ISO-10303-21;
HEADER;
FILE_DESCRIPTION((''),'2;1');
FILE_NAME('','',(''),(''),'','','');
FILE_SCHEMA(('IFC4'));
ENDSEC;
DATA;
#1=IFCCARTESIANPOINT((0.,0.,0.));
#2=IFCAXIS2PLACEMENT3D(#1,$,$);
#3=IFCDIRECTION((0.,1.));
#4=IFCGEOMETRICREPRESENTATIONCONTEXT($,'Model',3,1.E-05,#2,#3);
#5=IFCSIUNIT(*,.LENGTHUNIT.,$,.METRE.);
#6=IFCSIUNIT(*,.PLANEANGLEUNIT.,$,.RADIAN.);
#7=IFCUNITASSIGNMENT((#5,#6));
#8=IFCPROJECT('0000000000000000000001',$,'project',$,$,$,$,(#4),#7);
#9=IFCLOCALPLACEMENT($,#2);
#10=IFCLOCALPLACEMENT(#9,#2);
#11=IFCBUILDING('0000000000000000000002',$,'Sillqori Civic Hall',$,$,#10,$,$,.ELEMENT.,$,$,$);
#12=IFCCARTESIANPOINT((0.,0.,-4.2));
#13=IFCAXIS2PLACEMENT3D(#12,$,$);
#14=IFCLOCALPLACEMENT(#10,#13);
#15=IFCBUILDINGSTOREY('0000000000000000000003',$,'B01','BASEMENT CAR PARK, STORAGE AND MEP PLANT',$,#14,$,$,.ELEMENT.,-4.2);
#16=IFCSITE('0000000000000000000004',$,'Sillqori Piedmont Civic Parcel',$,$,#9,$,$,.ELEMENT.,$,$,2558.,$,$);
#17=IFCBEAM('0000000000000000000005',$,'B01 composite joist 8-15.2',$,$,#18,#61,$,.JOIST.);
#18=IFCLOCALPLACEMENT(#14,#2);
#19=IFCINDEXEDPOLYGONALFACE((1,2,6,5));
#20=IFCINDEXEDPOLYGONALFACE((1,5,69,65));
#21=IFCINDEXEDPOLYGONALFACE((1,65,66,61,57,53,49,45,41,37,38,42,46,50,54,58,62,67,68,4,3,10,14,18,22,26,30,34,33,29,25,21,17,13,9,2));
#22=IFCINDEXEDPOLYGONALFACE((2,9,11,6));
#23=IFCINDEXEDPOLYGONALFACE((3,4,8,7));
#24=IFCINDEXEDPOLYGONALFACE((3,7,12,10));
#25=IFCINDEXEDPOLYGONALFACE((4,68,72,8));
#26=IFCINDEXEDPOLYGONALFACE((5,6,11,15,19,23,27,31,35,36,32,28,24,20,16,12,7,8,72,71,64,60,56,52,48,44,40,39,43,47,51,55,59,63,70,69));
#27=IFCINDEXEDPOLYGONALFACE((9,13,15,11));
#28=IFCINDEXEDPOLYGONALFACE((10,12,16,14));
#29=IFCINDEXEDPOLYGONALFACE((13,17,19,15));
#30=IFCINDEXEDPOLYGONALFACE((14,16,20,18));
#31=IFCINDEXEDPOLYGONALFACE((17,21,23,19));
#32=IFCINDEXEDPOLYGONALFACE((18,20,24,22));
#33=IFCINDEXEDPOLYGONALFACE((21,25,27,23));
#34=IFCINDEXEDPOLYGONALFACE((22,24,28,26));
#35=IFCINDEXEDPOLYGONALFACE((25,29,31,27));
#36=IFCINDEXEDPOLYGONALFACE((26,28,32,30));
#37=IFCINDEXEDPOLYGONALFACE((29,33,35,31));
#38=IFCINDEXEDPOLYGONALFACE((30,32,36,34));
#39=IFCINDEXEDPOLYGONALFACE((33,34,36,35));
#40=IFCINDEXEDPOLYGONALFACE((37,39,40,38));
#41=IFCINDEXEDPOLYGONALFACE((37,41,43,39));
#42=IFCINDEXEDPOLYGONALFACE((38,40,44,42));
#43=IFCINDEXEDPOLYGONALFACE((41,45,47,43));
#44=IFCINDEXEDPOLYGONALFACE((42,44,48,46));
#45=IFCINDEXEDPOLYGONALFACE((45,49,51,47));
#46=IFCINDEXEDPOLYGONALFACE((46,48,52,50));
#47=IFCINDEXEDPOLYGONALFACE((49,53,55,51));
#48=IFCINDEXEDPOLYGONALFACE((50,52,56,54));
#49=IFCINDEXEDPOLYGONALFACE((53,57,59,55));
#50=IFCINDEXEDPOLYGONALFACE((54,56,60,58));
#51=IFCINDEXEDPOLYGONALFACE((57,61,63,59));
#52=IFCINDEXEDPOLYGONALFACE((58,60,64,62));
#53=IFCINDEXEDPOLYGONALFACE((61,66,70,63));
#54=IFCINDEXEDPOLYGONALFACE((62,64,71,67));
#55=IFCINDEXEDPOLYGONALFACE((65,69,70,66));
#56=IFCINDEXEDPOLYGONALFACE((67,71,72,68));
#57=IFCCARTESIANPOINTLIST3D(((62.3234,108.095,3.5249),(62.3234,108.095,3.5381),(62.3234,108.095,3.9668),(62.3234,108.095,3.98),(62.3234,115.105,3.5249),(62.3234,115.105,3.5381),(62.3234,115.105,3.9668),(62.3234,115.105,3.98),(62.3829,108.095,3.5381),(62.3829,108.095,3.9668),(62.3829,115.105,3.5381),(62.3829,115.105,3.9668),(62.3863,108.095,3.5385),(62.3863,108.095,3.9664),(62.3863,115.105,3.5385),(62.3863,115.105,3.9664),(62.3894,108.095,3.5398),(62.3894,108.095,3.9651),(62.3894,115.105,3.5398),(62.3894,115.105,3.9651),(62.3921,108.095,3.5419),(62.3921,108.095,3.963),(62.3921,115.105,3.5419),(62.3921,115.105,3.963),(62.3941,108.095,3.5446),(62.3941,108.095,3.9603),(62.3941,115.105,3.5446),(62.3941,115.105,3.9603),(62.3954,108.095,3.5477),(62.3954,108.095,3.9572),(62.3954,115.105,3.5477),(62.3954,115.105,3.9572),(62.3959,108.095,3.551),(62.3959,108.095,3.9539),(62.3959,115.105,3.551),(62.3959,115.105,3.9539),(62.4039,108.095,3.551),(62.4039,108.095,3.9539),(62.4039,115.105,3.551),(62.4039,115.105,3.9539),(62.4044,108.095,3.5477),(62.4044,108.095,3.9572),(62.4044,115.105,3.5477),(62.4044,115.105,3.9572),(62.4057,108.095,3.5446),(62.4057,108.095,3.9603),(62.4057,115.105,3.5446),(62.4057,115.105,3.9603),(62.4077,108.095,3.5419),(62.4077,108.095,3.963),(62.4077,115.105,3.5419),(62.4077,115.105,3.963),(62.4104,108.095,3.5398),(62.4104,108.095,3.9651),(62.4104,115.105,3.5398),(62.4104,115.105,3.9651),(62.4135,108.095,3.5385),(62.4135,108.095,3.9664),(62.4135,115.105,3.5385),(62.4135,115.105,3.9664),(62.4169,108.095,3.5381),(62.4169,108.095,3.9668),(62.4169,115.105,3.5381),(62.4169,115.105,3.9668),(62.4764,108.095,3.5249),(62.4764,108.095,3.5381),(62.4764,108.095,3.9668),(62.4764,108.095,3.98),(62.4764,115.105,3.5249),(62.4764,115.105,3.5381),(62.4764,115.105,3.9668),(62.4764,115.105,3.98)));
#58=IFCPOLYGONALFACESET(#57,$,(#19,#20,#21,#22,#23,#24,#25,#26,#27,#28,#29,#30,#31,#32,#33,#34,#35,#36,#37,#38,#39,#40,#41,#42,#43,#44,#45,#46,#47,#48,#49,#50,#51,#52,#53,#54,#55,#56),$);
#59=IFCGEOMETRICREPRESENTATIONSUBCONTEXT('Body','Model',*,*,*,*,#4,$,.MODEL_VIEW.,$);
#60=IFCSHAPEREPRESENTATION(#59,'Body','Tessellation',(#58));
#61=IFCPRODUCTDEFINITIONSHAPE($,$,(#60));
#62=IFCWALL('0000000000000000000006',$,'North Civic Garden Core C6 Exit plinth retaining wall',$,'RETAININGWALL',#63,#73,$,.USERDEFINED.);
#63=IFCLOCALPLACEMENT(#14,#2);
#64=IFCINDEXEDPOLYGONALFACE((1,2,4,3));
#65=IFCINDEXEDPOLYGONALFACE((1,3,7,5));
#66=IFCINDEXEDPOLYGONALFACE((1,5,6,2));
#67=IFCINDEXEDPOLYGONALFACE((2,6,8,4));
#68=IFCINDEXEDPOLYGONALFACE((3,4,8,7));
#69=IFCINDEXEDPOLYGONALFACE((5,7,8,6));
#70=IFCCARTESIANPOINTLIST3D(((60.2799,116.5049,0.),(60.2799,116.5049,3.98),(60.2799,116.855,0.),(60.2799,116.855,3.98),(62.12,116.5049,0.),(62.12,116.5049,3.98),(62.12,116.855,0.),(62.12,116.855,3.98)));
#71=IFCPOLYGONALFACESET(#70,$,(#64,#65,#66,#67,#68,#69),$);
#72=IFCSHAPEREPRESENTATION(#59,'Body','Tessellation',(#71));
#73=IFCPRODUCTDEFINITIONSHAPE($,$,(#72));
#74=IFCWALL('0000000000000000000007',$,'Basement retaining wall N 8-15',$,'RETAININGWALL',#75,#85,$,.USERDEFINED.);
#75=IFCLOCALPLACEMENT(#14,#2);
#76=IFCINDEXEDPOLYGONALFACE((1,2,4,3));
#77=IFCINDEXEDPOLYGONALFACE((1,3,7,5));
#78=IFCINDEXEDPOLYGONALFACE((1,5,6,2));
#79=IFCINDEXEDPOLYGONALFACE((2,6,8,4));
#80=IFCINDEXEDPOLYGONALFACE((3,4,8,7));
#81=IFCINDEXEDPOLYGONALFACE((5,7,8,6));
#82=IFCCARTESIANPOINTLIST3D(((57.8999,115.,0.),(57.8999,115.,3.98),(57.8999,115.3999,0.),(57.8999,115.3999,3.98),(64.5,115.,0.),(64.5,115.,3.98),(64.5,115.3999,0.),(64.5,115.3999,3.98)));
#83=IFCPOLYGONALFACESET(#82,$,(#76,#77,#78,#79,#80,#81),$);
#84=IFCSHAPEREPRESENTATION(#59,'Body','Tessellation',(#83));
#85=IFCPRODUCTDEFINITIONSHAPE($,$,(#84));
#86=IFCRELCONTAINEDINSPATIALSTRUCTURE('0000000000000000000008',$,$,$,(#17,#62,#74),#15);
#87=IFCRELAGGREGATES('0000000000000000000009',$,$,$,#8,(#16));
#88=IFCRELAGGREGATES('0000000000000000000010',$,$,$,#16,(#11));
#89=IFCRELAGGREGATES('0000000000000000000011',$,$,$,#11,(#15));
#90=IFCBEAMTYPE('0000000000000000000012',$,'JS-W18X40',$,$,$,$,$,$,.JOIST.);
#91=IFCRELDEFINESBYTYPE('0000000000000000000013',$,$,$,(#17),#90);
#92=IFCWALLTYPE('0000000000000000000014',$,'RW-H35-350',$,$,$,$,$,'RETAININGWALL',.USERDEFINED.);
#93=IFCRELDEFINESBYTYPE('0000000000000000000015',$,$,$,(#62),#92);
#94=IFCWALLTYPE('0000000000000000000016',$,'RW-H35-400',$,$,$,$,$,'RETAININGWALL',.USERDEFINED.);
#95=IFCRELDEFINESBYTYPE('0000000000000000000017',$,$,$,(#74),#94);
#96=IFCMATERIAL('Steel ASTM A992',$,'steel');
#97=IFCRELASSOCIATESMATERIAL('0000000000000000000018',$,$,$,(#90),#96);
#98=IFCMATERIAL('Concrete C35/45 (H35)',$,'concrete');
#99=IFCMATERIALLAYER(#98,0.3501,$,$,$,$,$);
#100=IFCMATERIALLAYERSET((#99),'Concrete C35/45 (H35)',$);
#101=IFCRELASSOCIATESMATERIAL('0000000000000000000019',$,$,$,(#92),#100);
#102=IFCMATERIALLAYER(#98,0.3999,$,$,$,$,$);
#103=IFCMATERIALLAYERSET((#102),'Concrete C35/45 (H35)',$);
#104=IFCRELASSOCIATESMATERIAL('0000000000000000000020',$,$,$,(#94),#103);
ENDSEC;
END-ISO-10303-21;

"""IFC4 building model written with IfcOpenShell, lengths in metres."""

from ifc_helpers import new_model, si_unit, direction, frame, frame_2d, origin, origin_2d, place, context, subcontext, project, spatial, rectangle, i_section, extrude, material, layer, layer_set, material_profile, profile_set, type_object, element, save


model = new_model("IFC4")

# Units and contexts
model_context = context("Model", 3, precision=1e-05, world=origin(), true_north=direction((0.0, 1.0)))
body_context = subcontext(model_context, "Body", "Model", "MODEL_VIEW")
ifc_project = project(units=[si_unit("LENGTHUNIT", "METRE"), si_unit("PLANEANGLEUNIT", "RADIAN")], contexts=[model_context])

# Site, building, storey
site_placement = place(None, origin())
site = spatial("IfcSite", under=ifc_project, at=site_placement, Name="Sillqori Piedmont Civic Parcel", CompositionType="ELEMENT", RefElevation=2558.0)
building_placement = place(site_placement, origin())
building = spatial("IfcBuilding", under=site, at=building_placement, Name="Sillqori Civic Hall", CompositionType="ELEMENT")
storey_placement = place(building_placement, frame((0.0, 0.0, -4.2)))
storey = spatial("IfcBuildingStorey", under=building, at=storey_placement, Name="B01", Description="BASEMENT CAR PARK, STORAGE AND MEP PLANT", CompositionType="ELEMENT", Elevation=-4.2)

# Shared definitions
ifc_material_1 = material(Name="Concrete C35/45 (H35)", Category="concrete")

# Beam
ifc_material_2 = material(Name="Steel ASTM A992", Category="steel")
ifc_material_profile_1 = material_profile(ifc_material_2, i_section(OverallWidth=0.1531, OverallDepth=0.4551, WebThickness=0.0081, FlangeThickness=0.0132, FilletRadius=0.0129, at=origin_2d()), Name="W18X40")
ifc_profile_set_1 = profile_set([ifc_material_profile_1], Name="Steel ASTM A992")
beam_type_1 = type_object("IfcBeamType", Name="JS-W18X40", PredefinedType="JOIST", material=ifc_profile_set_1)
for number, where, z_axis, x_axis, name in (
    (1, (62.3999, 108.095, 3.7524), (0.0, 1.0, 0.0), (-1.0, 0.0, 0.0), "B01 composite joist 8-15.2"),
):
    element("IfcBeam", number, at=place(storey_placement, frame(where, z_axis=z_axis, x_axis=x_axis)), inside=storey, type_object=beam_type_1, Name=name, PredefinedType="JOIST", context=body_context, shape_type="SweptSolid", body=[
        extrude(i_section(OverallWidth=0.1531, OverallDepth=0.4551, WebThickness=0.0081, FlangeThickness=0.0132, FilletRadius=0.0129, at=origin_2d()), origin(), (0.0, 0.0, 1.0), 7.01),
    ])

# Walls
ifc_layer_1 = layer(ifc_material_1, 0.3501)
ifc_layer_set_1 = layer_set([ifc_layer_1], Name="Concrete C35/45 (H35)")
wall_type_1 = type_object("IfcWallType", Name="RW-H35-350", ElementType="RETAININGWALL", PredefinedType="USERDEFINED", material=ifc_layer_set_1)
wall_1_placement = place(storey_placement, frame((60.28, 116.6799, 0.0), z_axis=(0.0, 0.0, 1.0), x_axis=(1.0, 0.0, 0.0)))
element("IfcWall", 2, at=wall_1_placement, inside=storey, type_object=wall_type_1, Name="North Civic Garden Core C6 Exit plinth retaining wall", ObjectType="RETAININGWALL", PredefinedType="USERDEFINED", context=body_context, shape_type="SweptSolid", body=[
    extrude(rectangle(XDim=1.8401, YDim=0.3501, at=frame_2d((0.9199, 0.0))), origin(), (0.0, 0.0, 1.0), 3.98),
])
ifc_layer_2 = layer(ifc_material_1, 0.3999)
ifc_layer_set_2 = layer_set([ifc_layer_2], Name="Concrete C35/45 (H35)")
wall_type_2 = type_object("IfcWallType", Name="RW-H35-400", ElementType="RETAININGWALL", PredefinedType="USERDEFINED", material=ifc_layer_set_2)
wall_2_placement = place(storey_placement, frame((57.8999, 115.2, 0.0), z_axis=(0.0, 0.0, 1.0), x_axis=(1.0, 0.0, 0.0)))
element("IfcWall", 3, at=wall_2_placement, inside=storey, type_object=wall_type_2, Name="Basement retaining wall N 8-15", ObjectType="RETAININGWALL", PredefinedType="USERDEFINED", context=body_context, shape_type="SweptSolid", body=[
    extrude(rectangle(XDim=6.6001, YDim=0.3999, at=frame_2d((3.3, 0.0))), origin(), (0.0, 0.0, 1.0), 3.98),
])

save(model, "model.ifc")
